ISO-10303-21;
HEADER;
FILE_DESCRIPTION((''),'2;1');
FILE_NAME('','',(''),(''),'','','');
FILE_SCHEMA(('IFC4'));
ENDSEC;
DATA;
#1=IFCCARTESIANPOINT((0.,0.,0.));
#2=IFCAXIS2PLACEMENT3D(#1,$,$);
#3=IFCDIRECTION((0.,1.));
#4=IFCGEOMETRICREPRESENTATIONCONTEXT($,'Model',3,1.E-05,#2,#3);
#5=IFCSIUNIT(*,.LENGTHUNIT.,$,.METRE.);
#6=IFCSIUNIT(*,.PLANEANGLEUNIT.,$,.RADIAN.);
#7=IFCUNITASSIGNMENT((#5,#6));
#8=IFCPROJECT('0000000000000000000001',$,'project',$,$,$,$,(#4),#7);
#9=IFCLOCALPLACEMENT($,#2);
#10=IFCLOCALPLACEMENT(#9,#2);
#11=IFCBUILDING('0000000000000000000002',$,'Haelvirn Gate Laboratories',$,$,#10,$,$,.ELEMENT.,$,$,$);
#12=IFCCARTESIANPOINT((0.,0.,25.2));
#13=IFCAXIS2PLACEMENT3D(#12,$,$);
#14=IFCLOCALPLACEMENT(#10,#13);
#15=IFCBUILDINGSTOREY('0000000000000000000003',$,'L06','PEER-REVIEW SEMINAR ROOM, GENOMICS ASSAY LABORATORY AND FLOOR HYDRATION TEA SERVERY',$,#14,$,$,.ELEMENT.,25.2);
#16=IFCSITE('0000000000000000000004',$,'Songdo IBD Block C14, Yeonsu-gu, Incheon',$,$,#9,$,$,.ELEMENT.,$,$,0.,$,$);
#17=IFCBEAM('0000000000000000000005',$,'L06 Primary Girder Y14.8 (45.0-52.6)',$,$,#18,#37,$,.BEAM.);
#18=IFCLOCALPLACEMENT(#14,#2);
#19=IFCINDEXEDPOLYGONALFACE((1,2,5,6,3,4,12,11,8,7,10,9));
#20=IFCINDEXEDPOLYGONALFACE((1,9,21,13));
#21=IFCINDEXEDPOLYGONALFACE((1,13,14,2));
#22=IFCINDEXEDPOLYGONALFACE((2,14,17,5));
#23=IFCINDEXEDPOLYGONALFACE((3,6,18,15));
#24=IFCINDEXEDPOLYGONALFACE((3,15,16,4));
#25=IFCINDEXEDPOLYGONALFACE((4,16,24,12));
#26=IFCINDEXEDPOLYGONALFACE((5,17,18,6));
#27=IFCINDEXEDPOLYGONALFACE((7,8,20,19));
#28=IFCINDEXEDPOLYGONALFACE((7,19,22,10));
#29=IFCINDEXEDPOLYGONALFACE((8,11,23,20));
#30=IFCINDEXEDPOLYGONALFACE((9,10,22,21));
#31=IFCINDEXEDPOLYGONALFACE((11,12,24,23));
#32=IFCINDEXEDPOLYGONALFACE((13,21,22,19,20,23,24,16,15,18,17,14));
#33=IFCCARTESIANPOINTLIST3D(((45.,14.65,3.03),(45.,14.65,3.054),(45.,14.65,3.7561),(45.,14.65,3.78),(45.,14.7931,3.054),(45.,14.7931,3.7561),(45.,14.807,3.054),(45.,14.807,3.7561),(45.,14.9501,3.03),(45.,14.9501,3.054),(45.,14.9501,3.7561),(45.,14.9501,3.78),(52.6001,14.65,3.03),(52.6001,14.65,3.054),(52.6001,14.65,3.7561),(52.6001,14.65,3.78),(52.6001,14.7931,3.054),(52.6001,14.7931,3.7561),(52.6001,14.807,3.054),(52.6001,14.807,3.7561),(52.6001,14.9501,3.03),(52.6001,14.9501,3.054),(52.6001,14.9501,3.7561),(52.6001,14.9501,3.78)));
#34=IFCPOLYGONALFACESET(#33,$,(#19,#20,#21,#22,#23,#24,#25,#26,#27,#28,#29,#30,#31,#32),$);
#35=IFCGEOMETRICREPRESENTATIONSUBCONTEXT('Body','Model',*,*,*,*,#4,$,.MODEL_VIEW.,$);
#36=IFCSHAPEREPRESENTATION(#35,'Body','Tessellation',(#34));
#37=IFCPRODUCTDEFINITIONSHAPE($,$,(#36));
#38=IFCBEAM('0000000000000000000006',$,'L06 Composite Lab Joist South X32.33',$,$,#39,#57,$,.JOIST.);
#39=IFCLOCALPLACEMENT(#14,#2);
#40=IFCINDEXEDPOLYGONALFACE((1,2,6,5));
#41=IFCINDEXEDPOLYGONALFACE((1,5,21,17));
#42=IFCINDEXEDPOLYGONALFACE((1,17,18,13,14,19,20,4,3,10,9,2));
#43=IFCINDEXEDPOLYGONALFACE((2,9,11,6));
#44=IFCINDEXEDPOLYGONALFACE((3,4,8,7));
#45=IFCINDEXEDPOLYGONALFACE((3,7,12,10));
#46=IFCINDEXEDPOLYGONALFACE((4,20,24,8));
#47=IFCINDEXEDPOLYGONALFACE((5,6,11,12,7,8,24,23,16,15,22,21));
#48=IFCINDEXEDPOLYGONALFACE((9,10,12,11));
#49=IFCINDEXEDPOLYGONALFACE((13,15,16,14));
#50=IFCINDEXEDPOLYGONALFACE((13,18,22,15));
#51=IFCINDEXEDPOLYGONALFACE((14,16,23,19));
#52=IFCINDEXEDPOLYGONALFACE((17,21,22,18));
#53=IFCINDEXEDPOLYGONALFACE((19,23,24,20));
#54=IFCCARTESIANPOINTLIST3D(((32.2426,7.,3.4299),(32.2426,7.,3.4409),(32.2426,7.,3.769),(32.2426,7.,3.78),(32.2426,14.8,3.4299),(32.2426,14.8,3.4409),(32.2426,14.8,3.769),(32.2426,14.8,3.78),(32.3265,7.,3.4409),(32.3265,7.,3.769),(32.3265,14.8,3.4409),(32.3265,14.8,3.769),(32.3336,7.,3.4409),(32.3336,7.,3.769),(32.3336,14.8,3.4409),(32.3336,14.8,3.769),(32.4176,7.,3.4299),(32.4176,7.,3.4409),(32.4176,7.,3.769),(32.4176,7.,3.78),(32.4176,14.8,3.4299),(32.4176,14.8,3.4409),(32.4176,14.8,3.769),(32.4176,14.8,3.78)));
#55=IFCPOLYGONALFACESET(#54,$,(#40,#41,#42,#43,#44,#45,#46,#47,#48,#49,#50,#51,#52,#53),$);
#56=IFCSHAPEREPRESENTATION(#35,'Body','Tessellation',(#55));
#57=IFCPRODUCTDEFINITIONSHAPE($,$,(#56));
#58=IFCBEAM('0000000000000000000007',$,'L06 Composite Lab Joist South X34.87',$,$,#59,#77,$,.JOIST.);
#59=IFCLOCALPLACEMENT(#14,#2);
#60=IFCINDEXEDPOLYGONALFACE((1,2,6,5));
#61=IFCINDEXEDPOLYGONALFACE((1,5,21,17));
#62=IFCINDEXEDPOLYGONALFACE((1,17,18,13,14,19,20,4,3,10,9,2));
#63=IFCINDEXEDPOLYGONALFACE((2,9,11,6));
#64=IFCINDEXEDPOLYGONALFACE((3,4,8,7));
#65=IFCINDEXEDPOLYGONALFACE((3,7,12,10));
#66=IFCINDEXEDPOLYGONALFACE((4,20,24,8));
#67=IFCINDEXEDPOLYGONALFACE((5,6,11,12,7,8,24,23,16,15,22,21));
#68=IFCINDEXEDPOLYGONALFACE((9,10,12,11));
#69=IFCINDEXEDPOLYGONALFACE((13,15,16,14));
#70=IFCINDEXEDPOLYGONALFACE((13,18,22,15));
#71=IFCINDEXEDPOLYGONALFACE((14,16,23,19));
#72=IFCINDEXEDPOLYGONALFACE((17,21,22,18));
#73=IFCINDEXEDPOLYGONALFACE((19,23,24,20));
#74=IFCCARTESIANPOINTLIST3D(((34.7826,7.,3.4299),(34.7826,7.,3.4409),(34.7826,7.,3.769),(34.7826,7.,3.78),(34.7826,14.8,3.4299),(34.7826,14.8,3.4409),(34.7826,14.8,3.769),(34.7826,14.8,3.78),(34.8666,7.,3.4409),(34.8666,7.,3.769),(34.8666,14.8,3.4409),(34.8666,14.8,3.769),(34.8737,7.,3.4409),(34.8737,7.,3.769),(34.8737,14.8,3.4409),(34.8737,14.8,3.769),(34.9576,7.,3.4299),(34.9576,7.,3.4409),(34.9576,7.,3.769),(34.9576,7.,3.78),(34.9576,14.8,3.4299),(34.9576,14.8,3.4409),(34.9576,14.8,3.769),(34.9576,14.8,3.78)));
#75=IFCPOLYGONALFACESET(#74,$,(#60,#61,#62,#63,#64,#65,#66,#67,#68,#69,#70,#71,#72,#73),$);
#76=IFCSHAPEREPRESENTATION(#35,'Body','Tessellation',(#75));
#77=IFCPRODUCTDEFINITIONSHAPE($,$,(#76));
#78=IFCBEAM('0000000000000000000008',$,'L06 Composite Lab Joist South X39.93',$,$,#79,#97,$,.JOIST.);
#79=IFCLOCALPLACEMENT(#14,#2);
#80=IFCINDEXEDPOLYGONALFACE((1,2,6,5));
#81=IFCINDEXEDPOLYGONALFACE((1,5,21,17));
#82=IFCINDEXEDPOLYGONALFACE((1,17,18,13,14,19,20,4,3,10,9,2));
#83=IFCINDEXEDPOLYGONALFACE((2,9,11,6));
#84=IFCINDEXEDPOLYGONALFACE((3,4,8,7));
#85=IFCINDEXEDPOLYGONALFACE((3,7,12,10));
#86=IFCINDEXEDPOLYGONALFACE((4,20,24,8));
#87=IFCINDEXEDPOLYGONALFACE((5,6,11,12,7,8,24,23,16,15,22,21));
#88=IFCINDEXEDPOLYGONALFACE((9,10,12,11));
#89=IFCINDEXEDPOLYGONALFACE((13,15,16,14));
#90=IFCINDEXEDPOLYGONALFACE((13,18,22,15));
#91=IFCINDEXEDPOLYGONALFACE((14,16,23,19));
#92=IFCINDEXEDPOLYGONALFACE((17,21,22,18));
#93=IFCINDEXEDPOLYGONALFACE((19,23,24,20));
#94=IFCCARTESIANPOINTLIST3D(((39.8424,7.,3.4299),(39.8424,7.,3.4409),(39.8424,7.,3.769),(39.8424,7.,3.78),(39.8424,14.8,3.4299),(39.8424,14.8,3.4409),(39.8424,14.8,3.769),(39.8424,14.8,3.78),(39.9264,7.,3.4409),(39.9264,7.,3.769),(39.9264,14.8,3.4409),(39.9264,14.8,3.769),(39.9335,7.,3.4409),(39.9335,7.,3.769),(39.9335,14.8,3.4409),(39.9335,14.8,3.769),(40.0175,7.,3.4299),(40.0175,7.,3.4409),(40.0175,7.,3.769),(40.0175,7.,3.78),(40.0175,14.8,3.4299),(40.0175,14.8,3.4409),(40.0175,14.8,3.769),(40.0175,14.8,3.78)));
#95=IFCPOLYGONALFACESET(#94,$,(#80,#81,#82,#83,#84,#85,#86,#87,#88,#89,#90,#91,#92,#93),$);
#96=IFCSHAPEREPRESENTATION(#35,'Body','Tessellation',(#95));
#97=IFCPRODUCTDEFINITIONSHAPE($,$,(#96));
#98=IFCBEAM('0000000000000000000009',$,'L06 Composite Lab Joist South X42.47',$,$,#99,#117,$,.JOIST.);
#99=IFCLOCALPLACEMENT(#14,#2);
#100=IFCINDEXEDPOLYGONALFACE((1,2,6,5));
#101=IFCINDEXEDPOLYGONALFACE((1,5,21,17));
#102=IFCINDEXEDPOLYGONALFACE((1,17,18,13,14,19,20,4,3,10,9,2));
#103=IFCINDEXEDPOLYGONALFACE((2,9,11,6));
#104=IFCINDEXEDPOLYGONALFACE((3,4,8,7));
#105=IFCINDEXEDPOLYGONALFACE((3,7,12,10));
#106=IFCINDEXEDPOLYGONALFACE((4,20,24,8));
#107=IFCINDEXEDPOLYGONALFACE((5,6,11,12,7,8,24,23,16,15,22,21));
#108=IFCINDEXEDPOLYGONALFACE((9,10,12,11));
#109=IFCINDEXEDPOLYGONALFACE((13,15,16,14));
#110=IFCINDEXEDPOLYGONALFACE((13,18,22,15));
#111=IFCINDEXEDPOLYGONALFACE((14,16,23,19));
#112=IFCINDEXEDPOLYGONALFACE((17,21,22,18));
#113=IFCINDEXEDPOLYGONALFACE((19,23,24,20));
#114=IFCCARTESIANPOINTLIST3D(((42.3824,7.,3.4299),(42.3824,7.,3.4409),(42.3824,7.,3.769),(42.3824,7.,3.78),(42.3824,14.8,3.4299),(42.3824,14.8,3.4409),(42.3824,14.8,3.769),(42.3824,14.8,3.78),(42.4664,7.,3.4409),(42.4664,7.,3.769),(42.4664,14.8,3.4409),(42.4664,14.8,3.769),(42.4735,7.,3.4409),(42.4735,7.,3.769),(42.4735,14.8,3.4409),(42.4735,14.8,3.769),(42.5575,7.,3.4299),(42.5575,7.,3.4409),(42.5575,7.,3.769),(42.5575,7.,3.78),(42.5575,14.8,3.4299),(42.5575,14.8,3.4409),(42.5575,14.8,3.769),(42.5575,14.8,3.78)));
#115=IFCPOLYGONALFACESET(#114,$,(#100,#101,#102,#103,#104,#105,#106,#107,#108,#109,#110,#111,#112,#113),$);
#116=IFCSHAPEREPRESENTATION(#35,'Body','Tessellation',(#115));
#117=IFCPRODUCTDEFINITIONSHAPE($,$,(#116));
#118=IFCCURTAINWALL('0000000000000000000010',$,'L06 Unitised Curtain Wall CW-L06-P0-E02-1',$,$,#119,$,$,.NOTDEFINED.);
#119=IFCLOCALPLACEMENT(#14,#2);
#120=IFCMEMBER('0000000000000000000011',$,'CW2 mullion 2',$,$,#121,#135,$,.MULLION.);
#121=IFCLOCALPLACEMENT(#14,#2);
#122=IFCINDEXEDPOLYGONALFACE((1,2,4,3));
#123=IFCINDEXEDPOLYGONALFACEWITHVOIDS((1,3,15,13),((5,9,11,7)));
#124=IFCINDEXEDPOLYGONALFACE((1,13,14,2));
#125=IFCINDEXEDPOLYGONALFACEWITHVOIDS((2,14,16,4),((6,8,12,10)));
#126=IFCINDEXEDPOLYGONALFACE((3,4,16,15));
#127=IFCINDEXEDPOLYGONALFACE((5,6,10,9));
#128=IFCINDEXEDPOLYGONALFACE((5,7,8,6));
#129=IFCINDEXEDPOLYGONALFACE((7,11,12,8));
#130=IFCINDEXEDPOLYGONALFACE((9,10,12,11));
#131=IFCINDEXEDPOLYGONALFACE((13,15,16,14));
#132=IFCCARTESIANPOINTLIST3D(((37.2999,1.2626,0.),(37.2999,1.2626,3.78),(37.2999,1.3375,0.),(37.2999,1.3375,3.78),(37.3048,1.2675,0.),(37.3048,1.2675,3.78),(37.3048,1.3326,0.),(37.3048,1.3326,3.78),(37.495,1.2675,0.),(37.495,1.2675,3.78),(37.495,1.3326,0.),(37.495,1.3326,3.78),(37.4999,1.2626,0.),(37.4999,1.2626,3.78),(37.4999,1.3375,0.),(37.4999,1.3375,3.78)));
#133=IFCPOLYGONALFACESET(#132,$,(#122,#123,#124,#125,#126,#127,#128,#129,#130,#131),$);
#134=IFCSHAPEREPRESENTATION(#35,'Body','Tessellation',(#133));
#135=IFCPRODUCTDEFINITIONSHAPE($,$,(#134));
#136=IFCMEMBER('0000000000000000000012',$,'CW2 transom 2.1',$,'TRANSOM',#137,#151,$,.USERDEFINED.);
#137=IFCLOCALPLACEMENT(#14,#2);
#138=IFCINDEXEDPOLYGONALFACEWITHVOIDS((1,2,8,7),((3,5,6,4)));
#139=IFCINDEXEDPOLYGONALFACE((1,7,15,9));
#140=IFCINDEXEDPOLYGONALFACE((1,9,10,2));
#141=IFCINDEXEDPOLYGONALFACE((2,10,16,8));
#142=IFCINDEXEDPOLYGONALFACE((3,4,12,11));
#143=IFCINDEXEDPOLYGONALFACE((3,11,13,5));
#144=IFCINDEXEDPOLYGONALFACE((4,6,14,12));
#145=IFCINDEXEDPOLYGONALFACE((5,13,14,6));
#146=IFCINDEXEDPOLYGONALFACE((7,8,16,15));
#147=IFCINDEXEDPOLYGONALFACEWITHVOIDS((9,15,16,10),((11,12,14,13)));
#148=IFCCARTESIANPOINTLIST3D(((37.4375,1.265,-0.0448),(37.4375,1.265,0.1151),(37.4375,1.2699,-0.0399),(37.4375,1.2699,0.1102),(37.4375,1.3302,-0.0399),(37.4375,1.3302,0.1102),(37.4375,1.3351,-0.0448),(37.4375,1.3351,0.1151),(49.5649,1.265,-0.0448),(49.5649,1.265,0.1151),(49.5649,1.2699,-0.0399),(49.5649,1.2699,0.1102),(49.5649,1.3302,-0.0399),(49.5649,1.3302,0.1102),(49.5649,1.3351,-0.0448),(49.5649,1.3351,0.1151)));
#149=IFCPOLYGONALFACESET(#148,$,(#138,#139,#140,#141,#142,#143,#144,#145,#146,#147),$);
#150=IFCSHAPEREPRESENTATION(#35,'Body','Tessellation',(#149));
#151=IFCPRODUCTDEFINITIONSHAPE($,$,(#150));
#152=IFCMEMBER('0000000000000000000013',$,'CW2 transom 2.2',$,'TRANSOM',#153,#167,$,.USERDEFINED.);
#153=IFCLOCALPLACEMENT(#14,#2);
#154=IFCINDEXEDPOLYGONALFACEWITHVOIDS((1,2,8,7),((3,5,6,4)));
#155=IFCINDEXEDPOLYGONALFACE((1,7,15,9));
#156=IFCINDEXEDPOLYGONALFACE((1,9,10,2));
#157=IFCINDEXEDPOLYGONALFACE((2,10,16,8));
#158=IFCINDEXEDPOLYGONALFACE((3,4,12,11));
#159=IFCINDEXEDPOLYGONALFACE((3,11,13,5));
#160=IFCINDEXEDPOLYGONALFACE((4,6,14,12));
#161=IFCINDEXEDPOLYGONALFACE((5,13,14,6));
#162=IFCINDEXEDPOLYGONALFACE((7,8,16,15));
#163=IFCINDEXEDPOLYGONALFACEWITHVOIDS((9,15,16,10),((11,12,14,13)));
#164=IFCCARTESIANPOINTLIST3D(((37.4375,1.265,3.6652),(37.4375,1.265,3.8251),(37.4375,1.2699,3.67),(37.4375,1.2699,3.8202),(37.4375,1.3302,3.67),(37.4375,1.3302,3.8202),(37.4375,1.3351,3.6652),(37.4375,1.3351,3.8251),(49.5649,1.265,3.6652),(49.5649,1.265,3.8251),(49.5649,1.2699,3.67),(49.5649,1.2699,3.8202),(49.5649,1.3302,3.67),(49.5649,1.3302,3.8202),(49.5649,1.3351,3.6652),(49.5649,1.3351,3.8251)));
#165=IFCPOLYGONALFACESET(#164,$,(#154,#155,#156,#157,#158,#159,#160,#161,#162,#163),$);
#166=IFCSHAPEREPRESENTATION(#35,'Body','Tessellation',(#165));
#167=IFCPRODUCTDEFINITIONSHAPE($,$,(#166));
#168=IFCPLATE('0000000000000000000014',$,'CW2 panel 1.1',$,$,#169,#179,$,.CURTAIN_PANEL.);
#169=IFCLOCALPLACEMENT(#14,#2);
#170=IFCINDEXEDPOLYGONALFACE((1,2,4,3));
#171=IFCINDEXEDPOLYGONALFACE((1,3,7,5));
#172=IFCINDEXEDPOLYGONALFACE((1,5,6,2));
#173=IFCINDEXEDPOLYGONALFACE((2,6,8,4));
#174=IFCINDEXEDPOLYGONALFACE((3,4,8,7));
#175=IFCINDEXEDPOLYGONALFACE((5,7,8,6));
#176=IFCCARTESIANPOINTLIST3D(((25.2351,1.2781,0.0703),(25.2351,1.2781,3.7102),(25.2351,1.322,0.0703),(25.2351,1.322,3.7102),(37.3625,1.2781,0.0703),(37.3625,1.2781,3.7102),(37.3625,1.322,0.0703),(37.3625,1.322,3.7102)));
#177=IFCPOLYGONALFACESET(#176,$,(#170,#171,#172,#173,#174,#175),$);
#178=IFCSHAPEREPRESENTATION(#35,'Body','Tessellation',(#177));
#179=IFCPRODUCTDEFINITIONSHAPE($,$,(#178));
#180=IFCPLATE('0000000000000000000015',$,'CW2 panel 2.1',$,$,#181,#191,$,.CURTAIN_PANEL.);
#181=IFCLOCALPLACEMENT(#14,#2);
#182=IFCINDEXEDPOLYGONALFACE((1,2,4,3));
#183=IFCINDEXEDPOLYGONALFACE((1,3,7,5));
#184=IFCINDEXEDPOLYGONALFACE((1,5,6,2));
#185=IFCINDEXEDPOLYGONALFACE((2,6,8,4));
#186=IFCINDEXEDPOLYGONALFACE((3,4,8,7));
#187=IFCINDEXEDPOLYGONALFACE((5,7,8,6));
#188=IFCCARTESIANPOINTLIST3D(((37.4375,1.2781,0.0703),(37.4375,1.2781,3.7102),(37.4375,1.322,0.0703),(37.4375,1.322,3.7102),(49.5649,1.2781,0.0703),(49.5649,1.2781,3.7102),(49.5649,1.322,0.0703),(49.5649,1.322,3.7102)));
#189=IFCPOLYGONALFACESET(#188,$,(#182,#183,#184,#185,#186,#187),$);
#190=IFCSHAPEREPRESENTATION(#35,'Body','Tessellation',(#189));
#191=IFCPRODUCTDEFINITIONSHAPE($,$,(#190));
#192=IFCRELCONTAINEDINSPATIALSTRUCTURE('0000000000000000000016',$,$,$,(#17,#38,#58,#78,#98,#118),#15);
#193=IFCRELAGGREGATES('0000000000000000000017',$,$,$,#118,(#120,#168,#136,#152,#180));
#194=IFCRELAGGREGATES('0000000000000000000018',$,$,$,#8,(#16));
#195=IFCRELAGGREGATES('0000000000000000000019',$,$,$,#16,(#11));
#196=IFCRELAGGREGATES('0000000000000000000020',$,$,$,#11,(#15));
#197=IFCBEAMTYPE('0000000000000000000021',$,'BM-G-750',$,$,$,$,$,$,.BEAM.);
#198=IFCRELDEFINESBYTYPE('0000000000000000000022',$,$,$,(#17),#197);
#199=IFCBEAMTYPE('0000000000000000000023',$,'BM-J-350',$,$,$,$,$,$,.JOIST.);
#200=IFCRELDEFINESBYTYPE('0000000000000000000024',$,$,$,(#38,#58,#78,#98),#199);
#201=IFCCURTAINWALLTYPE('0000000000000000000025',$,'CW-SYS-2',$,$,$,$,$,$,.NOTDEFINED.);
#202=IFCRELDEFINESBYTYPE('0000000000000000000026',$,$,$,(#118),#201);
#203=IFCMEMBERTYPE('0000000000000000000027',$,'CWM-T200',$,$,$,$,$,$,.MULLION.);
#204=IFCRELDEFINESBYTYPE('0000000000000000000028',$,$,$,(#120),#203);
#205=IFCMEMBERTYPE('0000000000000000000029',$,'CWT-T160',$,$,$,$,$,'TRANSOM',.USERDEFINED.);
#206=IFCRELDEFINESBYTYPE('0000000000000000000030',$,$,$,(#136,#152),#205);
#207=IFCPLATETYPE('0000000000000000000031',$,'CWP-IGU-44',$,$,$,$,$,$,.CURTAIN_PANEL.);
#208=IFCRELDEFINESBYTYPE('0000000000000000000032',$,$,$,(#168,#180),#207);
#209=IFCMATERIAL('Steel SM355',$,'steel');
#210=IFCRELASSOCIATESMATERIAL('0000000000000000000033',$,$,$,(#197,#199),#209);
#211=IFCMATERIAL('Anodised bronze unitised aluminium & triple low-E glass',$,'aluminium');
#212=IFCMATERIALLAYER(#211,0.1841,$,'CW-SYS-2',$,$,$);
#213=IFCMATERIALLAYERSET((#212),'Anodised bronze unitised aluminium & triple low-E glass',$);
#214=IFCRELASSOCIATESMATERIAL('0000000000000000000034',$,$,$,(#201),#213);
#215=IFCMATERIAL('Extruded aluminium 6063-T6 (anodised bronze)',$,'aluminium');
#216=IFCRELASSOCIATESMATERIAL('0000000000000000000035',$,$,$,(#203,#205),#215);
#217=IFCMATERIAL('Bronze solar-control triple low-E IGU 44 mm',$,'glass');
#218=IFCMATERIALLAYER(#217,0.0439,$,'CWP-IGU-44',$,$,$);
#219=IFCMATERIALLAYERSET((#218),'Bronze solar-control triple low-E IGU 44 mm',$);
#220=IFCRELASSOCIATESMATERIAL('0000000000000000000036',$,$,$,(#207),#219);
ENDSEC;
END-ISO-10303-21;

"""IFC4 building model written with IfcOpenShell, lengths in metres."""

from ifc_helpers import new_model, si_unit, direction, frame, origin, origin_2d, place, context, subcontext, project, spatial, rectangle, hollow_rectangle, i_section, extrude, source, transform, mapped, material, layer, layer_set, material_profile, profile_set, type_object, type_shapes, element, aggregate, save


model = new_model("IFC4")

# Units and contexts
model_context = context("Model", 3, precision=1e-05, world=origin(), true_north=direction((0.0, 1.0)))
body_context = subcontext(model_context, "Body", "Model", "MODEL_VIEW")
ifc_project = project(units=[si_unit("LENGTHUNIT", "METRE"), si_unit("PLANEANGLEUNIT", "RADIAN")], contexts=[model_context])

# Site, building, storey
site_placement = place(None, origin())
site = spatial("IfcSite", under=ifc_project, at=site_placement, Name="Songdo IBD Block C14, Yeonsu-gu, Incheon", CompositionType="ELEMENT", RefElevation=0.0)
building_placement = place(site_placement, origin())
building = spatial("IfcBuilding", under=site, at=building_placement, Name="Haelvirn Gate Laboratories", CompositionType="ELEMENT")
storey_placement = place(building_placement, frame((0.0, 0.0, 25.2)))
storey = spatial("IfcBuildingStorey", under=building, at=storey_placement, Name="L06", Description="PEER-REVIEW SEMINAR ROOM, GENOMICS ASSAY LABORATORY AND FLOOR HYDRATION TEA SERVERY", CompositionType="ELEMENT", Elevation=25.2)

# Beams
ifc_material_1 = material(Name="Steel SM355", Category="steel")
ifc_material_profile_1 = material_profile(ifc_material_1, i_section(OverallWidth=0.3, OverallDepth=0.75, WebThickness=0.0139, FlangeThickness=0.0239, at=origin_2d()), Name="H-750x300x14x24")
ifc_profile_set_1 = profile_set([ifc_material_profile_1], Name="Steel SM355")
beam_type_1 = type_object("IfcBeamType", Name="BM-G-750", PredefinedType="BEAM", material=ifc_profile_set_1)
shared_shape_1 = source(origin(), body_context, "Body", "SweptSolid", [
    extrude(i_section(OverallWidth=0.3, OverallDepth=0.75, WebThickness=0.0139, FlangeThickness=0.0239, at=origin_2d()), origin(), (0.0, 0.0, 1.0), 7.6001),
])
type_shapes(beam_type_1, [shared_shape_1])
for number, where, z_axis, x_axis, name in (
    (1, (45.0, 14.8, 3.405), (1.0, 0.0, 0.0), (0.0, 1.0, 0.0), "L06 Primary Girder Y14.8 (45.0-52.6)"),
):
    element("IfcBeam", number, at=place(storey_placement, frame(where, z_axis=z_axis, x_axis=x_axis)), inside=storey, type_object=beam_type_1, Name=name, PredefinedType="BEAM", context=body_context, shape_type="MappedRepresentation", body=[
        mapped(shared_shape_1, transform((0.0, 0.0, 0.0), scale=1.0)),
    ])
ifc_material_profile_2 = material_profile(ifc_material_1, i_section(OverallWidth=0.175, OverallDepth=0.3501, WebThickness=0.0071, FlangeThickness=0.011, at=origin_2d()), Name="H-350x175x7x11")
ifc_profile_set_2 = profile_set([ifc_material_profile_2], Name="Steel SM355")
beam_type_2 = type_object("IfcBeamType", Name="BM-J-350", PredefinedType="JOIST", material=ifc_profile_set_2)
shared_shape_2 = source(origin(), body_context, "Body", "SweptSolid", [
    extrude(i_section(OverallWidth=0.175, OverallDepth=0.3501, WebThickness=0.0071, FlangeThickness=0.011, at=origin_2d()), origin(), (0.0, 0.0, 1.0), 7.8),
])
type_shapes(beam_type_2, [shared_shape_2])
for number, where, z_axis, x_axis, name in (
    (2, (32.3301, 7.0, 3.605), (0.0, 1.0, 0.0), (-1.0, 0.0, 0.0), "L06 Composite Lab Joist South X32.33"),
    (3, (34.8701, 7.0, 3.605), (0.0, 1.0, 0.0), (-1.0, 0.0, 0.0), "L06 Composite Lab Joist South X34.87"),
    (4, (39.9299, 7.0, 3.605), (0.0, 1.0, 0.0), (-1.0, 0.0, 0.0), "L06 Composite Lab Joist South X39.93"),
    (5, (42.47, 7.0, 3.605), (0.0, 1.0, 0.0), (-1.0, 0.0, 0.0), "L06 Composite Lab Joist South X42.47"),
):
    element("IfcBeam", number, at=place(storey_placement, frame(where, z_axis=z_axis, x_axis=x_axis)), inside=storey, type_object=beam_type_2, Name=name, PredefinedType="JOIST", context=body_context, shape_type="MappedRepresentation", body=[
        mapped(shared_shape_2, transform((0.0, 0.0, 0.0), scale=1.0)),
    ])

# Curtain wall, members, plates
ifc_material_2 = material(Name="Anodised bronze unitised aluminium & triple low-E glass", Category="aluminium")
ifc_layer_1 = layer(ifc_material_2, 0.1841, Name="CW-SYS-2")
ifc_layer_set_1 = layer_set([ifc_layer_1], Name="Anodised bronze unitised aluminium & triple low-E glass")
curtain_wall_type = type_object("IfcCurtainWallType", Name="CW-SYS-2", PredefinedType="NOTDEFINED", material=ifc_layer_set_1)
curtain_wall_placement = place(storey_placement, origin())
curtain_wall = element("IfcCurtainWall", 6, at=curtain_wall_placement, inside=storey, type_object=curtain_wall_type, Name="L06 Unitised Curtain Wall CW-L06-P0-E02-1", PredefinedType="NOTDEFINED")
ifc_material_3 = material(Name="Extruded aluminium 6063-T6 (anodised bronze)", Category="aluminium")
ifc_material_profile_3 = material_profile(ifc_material_3, hollow_rectangle(XDim=0.075, YDim=0.2, WallThickness=0.0049, at=origin_2d()), Name="CWM-200x75x5")
ifc_profile_set_3 = profile_set([ifc_material_profile_3], Name="Extruded aluminium 6063-T6 (anodised bronze)")
member_type_1 = type_object("IfcMemberType", Name="CWM-T200", PredefinedType="MULLION", material=ifc_profile_set_3)
shared_shape_3 = source(origin(), body_context, "Body", "SweptSolid", [
    extrude(hollow_rectangle(XDim=0.075, YDim=0.2, WallThickness=0.0049, at=origin_2d()), origin(), (0.0, 0.0, 1.0), 3.78),
])
type_shapes(member_type_1, [shared_shape_3])
member_1_placement = place(storey_placement, frame((37.3999, 1.3, 0.0), z_axis=(0.0, 0.0, 1.0), x_axis=(0.0, 1.0, 0.0)))
member_1 = element("IfcMember", 7, at=member_1_placement, type_object=member_type_1, Name="CW2 mullion 2", PredefinedType="MULLION", context=body_context, shape_type="MappedRepresentation", body=[
    mapped(shared_shape_3, transform((0.0, 0.0, 0.0), scale=1.0)),
])
ifc_material_profile_4 = material_profile(ifc_material_3, hollow_rectangle(XDim=0.0701, YDim=0.1599, WallThickness=0.0049, at=origin_2d()), Name="CWT-160x70x5")
ifc_profile_set_4 = profile_set([ifc_material_profile_4], Name="Extruded aluminium 6063-T6 (anodised bronze)")
member_type_2 = type_object("IfcMemberType", Name="CWT-T160", ElementType="TRANSOM", PredefinedType="USERDEFINED", material=ifc_profile_set_4)
shared_shape_4 = source(origin(), body_context, "Body", "SweptSolid", [
    extrude(hollow_rectangle(XDim=0.0701, YDim=0.1599, WallThickness=0.0049, at=origin_2d()), origin(), (0.0, 0.0, 1.0), 12.1274),
])
type_shapes(member_type_2, [shared_shape_4])
member_2_placement = place(storey_placement, frame((37.4375, 1.3, 0.0352), z_axis=(1.0, 0.0, 0.0), x_axis=(0.0, 1.0, 0.0)))
member_2 = element("IfcMember", 8, at=member_2_placement, type_object=member_type_2, Name="CW2 transom 2.1", ObjectType="TRANSOM", PredefinedType="USERDEFINED", context=body_context, shape_type="MappedRepresentation", body=[
    mapped(shared_shape_4, transform((0.0, 0.0, 0.0), scale=1.0)),
])
member_3_placement = place(storey_placement, frame((37.4375, 1.3, 3.7451), z_axis=(1.0, 0.0, 0.0), x_axis=(0.0, 1.0, 0.0)))
member_3 = element("IfcMember", 9, at=member_3_placement, type_object=member_type_2, Name="CW2 transom 2.2", ObjectType="TRANSOM", PredefinedType="USERDEFINED", context=body_context, shape_type="MappedRepresentation", body=[
    mapped(shared_shape_4, transform((0.0, 0.0, 0.0), scale=1.0)),
])
ifc_material_4 = material(Name="Bronze solar-control triple low-E IGU 44 mm", Category="glass")
ifc_layer_2 = layer(ifc_material_4, 0.0439, Name="CWP-IGU-44")
ifc_layer_set_2 = layer_set([ifc_layer_2], Name="Bronze solar-control triple low-E IGU 44 mm")
plate_type = type_object("IfcPlateType", Name="CWP-IGU-44", PredefinedType="CURTAIN_PANEL", material=ifc_layer_set_2)
shared_shape_5 = source(origin(), body_context, "Body", "SweptSolid", [
    extrude(rectangle(XDim=12.1274, YDim=0.0439, at=origin_2d()), origin(), (0.0, 0.0, 1.0), 3.6399),
])
type_shapes(plate_type, [shared_shape_5])
plate_1_placement = place(storey_placement, frame((31.2988, 1.3, 0.0703), z_axis=(0.0, 0.0, 1.0), x_axis=(1.0, 0.0, 0.0)))
plate_1 = element("IfcPlate", 10, at=plate_1_placement, type_object=plate_type, Name="CW2 panel 1.1", PredefinedType="CURTAIN_PANEL", context=body_context, shape_type="MappedRepresentation", body=[
    mapped(shared_shape_5, transform((0.0, 0.0, 0.0), scale=1.0)),
])
plate_2_placement = place(storey_placement, frame((43.5012, 1.3, 0.0703), z_axis=(0.0, 0.0, 1.0), x_axis=(1.0, 0.0, 0.0)))
plate_2 = element("IfcPlate", 11, at=plate_2_placement, type_object=plate_type, Name="CW2 panel 2.1", PredefinedType="CURTAIN_PANEL", context=body_context, shape_type="MappedRepresentation", body=[
    mapped(shared_shape_5, transform((0.0, 0.0, 0.0), scale=1.0)),
])
aggregate(curtain_wall, [member_1, plate_1, member_2, member_3, plate_2])

save(model, "model.ifc")
